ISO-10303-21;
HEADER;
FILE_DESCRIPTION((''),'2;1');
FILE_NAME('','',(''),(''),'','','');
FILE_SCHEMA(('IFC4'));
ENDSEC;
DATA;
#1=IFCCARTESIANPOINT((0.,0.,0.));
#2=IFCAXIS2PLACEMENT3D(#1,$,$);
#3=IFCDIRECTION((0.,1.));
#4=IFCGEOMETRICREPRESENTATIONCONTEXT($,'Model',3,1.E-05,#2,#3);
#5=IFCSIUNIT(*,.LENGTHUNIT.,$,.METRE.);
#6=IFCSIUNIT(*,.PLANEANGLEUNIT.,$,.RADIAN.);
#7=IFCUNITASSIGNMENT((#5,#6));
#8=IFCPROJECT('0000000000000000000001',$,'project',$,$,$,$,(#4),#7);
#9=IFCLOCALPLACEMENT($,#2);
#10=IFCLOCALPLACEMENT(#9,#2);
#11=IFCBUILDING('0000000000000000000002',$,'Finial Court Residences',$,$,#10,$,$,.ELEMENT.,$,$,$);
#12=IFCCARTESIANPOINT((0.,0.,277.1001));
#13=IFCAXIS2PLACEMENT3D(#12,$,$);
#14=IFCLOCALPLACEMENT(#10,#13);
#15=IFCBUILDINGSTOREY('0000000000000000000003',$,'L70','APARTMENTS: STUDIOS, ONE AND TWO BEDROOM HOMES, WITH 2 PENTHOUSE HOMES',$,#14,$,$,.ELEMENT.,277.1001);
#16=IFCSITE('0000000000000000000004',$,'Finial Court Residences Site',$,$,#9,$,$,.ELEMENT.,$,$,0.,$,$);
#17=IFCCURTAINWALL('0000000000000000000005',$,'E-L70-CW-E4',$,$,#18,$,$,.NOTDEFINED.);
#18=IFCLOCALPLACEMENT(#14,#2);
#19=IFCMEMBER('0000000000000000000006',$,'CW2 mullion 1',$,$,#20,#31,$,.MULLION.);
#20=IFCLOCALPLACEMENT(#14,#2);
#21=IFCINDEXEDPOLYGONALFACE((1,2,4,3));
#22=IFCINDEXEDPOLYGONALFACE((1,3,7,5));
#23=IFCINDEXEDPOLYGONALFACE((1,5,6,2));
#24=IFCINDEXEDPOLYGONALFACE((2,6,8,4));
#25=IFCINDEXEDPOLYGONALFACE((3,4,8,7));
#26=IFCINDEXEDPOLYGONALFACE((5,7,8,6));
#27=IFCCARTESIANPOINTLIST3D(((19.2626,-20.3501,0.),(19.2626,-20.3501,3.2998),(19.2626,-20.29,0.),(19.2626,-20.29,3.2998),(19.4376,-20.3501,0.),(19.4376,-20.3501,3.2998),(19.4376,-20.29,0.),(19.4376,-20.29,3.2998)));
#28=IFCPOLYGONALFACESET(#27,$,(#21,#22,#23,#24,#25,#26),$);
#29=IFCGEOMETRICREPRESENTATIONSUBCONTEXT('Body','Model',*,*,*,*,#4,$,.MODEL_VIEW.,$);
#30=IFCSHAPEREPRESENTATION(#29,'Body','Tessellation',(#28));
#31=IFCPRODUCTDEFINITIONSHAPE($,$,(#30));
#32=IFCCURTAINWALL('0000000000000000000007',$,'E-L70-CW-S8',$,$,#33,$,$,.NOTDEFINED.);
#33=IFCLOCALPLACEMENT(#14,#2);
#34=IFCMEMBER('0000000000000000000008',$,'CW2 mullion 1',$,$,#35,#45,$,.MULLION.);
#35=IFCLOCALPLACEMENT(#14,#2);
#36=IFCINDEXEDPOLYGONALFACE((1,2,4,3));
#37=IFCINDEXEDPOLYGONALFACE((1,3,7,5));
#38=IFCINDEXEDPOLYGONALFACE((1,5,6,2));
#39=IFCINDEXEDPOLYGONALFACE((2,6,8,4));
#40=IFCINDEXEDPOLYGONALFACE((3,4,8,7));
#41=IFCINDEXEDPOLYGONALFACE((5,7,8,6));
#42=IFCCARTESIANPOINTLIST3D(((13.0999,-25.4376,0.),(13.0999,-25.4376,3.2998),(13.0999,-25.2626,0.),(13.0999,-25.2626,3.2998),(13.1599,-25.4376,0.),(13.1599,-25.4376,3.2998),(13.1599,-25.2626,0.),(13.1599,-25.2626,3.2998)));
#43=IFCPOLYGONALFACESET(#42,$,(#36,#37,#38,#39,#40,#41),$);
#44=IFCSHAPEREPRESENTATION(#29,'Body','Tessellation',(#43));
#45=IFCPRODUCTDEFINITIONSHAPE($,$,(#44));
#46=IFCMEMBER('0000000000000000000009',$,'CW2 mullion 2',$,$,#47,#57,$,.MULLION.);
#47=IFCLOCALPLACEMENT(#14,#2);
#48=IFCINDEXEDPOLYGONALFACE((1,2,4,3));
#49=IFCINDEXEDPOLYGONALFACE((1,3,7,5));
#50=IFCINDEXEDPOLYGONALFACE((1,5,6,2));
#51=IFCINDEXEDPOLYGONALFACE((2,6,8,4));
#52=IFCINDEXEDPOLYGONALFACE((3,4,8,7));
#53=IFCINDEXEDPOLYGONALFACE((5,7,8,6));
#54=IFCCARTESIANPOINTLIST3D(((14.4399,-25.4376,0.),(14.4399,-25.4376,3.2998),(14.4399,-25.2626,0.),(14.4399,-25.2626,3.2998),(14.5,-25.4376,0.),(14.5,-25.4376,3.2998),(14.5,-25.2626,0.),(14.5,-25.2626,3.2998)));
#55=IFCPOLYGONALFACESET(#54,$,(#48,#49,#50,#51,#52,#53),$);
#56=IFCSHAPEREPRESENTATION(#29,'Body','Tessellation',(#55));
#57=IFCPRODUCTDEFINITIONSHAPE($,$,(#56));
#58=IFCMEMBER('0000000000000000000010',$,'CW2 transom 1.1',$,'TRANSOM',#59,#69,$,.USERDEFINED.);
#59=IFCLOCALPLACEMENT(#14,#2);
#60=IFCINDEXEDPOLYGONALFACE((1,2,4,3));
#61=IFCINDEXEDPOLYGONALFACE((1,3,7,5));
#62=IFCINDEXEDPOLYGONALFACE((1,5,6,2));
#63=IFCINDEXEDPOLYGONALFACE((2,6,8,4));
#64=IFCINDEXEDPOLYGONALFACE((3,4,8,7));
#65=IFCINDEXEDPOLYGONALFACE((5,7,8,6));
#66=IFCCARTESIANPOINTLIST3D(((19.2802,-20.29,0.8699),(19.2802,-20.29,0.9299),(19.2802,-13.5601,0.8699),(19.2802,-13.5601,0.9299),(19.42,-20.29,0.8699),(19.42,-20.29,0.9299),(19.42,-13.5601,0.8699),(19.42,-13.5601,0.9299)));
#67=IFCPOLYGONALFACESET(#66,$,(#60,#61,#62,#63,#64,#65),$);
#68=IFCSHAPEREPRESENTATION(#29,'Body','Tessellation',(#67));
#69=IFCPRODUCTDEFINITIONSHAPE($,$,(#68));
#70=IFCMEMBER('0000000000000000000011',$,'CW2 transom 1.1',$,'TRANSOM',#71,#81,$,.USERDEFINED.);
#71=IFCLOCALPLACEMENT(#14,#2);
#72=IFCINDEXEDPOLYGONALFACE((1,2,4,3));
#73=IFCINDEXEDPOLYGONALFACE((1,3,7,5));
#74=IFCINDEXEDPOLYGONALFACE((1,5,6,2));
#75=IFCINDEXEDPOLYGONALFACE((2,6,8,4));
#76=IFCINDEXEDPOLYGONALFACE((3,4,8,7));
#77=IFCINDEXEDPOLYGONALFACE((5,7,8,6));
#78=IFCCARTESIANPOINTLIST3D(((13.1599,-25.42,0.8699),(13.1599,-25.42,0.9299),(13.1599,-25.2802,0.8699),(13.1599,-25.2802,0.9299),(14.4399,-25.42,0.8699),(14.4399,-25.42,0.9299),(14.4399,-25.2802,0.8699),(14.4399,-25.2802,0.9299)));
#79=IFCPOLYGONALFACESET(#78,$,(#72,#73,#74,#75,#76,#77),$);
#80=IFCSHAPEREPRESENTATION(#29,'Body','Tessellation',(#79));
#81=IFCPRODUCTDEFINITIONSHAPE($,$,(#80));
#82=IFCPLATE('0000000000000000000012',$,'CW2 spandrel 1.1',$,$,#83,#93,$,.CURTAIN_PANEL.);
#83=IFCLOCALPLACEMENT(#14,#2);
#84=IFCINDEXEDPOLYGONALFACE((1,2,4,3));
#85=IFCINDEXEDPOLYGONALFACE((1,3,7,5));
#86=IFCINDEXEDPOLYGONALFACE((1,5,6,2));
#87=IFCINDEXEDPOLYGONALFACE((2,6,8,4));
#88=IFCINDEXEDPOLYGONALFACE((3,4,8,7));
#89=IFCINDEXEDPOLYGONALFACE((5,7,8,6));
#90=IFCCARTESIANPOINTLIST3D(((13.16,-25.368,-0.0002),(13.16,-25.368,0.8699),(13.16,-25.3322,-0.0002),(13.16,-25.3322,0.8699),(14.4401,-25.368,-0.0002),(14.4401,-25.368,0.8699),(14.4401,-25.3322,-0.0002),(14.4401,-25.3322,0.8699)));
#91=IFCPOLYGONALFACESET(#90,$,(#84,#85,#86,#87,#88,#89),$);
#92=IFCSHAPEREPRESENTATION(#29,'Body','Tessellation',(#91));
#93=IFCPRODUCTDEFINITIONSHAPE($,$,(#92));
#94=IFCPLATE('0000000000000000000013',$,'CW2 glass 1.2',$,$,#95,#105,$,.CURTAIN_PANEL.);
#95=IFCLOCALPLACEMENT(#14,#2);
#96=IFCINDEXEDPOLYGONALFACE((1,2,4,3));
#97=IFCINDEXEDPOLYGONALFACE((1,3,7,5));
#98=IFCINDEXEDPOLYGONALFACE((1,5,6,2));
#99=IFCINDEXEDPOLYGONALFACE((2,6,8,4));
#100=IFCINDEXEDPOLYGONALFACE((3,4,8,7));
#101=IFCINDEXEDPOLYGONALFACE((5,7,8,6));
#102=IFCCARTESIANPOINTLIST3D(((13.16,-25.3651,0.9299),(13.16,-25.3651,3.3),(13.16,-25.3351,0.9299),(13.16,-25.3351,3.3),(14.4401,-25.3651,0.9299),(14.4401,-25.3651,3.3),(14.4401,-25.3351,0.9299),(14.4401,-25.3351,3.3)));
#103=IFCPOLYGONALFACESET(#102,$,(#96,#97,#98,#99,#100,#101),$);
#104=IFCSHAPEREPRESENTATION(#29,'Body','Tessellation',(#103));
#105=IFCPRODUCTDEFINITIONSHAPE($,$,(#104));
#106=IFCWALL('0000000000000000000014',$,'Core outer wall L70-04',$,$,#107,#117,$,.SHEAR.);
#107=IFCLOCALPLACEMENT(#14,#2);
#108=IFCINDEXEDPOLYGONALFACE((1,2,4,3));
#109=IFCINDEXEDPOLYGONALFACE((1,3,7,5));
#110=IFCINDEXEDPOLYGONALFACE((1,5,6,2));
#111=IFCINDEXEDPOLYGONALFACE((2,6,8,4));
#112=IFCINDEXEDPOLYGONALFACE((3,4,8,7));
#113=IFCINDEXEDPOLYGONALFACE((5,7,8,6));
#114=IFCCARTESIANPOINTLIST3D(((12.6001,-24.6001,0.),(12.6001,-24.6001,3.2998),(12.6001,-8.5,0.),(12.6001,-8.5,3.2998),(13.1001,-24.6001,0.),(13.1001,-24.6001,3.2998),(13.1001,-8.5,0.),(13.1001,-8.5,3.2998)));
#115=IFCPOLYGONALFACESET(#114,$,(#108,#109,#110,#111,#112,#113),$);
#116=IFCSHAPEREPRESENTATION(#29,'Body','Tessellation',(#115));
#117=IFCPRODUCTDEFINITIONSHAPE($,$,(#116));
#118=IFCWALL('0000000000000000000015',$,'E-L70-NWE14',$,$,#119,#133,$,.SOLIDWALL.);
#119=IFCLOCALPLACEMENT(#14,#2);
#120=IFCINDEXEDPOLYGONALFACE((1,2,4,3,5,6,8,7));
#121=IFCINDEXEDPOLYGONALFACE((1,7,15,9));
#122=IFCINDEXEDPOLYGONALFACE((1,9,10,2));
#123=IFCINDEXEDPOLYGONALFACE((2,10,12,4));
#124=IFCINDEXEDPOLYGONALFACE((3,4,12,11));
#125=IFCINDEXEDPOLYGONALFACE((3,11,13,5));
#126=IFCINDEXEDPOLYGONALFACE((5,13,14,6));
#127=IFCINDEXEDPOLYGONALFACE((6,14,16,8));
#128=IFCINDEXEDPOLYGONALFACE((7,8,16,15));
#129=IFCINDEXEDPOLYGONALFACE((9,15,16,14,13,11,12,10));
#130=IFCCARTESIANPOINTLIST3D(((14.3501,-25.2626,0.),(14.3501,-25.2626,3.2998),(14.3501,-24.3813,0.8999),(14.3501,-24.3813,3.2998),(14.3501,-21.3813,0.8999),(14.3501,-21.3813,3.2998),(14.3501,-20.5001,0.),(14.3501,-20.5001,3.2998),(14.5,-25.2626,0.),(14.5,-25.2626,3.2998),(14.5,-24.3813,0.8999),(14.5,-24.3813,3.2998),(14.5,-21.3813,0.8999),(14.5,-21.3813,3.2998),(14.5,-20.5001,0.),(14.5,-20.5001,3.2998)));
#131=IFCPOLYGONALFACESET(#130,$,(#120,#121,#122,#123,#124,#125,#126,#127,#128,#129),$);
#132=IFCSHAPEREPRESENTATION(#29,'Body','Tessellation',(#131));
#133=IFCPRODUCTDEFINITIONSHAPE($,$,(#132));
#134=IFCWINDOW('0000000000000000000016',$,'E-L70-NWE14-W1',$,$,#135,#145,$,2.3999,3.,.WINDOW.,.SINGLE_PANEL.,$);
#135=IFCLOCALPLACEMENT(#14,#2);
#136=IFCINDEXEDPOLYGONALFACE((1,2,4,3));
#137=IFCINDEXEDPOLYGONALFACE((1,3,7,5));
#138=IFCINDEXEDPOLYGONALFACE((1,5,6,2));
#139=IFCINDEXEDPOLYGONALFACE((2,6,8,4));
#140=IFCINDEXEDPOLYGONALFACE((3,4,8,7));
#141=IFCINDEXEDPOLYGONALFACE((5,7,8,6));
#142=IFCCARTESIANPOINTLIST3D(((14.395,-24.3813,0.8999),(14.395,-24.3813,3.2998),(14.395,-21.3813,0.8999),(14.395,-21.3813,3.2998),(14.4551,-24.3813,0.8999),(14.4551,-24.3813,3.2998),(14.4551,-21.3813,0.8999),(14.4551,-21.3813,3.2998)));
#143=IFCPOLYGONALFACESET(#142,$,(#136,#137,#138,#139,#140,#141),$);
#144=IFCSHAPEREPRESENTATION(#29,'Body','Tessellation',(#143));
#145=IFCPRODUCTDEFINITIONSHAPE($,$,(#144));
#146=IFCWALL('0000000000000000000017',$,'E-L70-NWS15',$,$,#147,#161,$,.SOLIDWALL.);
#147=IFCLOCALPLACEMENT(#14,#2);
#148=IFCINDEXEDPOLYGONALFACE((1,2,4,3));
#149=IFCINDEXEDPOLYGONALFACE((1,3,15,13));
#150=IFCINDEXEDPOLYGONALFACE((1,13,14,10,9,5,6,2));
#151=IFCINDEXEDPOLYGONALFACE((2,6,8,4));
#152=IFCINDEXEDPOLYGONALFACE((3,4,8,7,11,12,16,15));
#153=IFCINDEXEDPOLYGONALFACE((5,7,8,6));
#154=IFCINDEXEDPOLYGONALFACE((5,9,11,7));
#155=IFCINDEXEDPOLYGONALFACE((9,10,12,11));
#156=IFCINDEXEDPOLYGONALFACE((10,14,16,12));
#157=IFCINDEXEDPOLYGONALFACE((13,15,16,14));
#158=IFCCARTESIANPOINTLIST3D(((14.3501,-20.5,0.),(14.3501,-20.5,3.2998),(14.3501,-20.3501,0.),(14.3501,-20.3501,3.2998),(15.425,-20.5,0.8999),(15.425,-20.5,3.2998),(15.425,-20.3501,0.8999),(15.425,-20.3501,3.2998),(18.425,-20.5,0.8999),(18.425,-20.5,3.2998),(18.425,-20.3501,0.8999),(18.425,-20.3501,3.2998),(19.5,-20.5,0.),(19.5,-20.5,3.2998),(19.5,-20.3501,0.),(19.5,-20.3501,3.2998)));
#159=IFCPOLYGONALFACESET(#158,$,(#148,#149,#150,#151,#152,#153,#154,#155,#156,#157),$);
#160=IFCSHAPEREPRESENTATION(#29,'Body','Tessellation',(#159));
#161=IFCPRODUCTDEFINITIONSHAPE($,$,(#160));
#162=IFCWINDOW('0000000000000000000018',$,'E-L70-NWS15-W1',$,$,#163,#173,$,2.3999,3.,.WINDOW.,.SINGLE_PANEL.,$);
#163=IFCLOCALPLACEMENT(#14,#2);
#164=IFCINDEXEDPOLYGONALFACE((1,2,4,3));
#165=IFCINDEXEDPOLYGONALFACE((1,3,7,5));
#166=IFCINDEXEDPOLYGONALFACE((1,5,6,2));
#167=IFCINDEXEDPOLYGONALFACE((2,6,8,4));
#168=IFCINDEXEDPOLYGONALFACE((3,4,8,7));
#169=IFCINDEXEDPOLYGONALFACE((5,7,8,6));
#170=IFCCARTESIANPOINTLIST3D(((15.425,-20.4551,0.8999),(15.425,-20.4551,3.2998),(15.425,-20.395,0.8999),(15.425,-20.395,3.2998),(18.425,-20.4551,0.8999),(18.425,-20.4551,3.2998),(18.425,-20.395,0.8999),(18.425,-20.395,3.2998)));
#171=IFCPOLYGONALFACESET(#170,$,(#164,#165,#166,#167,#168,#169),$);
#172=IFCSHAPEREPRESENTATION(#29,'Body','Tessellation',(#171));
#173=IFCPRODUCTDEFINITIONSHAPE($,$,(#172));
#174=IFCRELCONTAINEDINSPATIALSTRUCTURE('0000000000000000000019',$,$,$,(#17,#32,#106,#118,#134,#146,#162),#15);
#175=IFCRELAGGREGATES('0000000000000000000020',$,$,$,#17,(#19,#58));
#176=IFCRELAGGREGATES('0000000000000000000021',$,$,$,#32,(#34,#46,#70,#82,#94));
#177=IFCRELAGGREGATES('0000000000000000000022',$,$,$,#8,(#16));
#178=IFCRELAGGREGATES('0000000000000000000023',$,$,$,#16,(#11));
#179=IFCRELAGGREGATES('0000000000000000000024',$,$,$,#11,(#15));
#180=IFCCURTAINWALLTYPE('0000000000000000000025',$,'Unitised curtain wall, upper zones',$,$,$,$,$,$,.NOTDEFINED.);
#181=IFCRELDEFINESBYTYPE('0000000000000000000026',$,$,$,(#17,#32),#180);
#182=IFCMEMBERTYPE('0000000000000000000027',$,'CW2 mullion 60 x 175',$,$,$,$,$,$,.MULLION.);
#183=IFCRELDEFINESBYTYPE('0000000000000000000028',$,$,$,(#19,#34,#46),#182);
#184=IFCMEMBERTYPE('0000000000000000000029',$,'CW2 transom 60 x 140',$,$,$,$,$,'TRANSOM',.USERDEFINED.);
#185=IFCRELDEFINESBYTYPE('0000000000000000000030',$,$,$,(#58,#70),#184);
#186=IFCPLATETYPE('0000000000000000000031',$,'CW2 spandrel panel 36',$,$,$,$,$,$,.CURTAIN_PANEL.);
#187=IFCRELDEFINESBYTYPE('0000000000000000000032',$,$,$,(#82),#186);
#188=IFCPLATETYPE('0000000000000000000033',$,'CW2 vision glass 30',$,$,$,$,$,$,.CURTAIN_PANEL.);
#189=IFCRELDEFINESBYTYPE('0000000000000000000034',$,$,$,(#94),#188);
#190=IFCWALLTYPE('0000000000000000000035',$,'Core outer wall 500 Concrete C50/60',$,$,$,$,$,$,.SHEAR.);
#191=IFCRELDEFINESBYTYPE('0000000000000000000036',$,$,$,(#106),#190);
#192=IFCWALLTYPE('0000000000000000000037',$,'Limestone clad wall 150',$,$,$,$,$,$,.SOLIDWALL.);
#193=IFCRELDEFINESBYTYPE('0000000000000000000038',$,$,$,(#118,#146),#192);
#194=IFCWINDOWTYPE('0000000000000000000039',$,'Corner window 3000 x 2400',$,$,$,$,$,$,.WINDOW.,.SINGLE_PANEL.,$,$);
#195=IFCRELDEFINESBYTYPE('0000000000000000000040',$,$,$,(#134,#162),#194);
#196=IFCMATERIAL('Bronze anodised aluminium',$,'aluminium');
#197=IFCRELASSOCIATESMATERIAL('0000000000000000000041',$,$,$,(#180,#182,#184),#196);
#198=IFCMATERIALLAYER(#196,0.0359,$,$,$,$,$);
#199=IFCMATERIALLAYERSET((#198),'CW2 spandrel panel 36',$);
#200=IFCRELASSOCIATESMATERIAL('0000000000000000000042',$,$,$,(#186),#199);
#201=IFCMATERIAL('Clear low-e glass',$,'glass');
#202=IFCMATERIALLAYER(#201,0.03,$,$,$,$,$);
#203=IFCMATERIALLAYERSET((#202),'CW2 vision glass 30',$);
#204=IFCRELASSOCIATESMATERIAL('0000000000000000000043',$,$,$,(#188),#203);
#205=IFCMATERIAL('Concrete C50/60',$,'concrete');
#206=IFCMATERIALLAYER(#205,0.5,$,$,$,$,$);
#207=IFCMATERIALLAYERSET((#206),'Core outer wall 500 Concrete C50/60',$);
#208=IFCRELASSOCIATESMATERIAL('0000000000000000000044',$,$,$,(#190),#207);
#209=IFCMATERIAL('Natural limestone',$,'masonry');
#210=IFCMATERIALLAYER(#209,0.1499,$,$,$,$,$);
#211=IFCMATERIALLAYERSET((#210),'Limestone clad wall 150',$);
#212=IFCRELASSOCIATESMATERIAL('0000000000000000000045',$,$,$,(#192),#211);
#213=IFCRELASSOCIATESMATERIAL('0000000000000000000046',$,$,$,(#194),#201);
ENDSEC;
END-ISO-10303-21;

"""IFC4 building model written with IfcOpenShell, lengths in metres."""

from ifc_helpers import new_model, si_unit, direction, frame, frame_2d, origin, origin_2d, place, context, subcontext, project, spatial, rectangle, extrude, material, layer, layer_set, material_profile, profile_set, type_object, element, fill, aggregate, save


model = new_model("IFC4")

# Units and contexts
model_context = context("Model", 3, precision=1e-05, world=origin(), true_north=direction((0.0, 1.0)))
body_context = subcontext(model_context, "Body", "Model", "MODEL_VIEW")
ifc_project = project(units=[si_unit("LENGTHUNIT", "METRE"), si_unit("PLANEANGLEUNIT", "RADIAN")], contexts=[model_context])

# Site, building, storey
site_placement = place(None, origin())
site = spatial("IfcSite", under=ifc_project, at=site_placement, Name="Finial Court Residences Site", CompositionType="ELEMENT", RefElevation=0.0)
building_placement = place(site_placement, origin())
building = spatial("IfcBuilding", under=site, at=building_placement, Name="Finial Court Residences", CompositionType="ELEMENT")
storey_placement = place(building_placement, frame((0.0, 0.0, 277.1001)))
storey = spatial("IfcBuildingStorey", under=building, at=storey_placement, Name="L70", Description="APARTMENTS: STUDIOS, ONE AND TWO BEDROOM HOMES, WITH 2 PENTHOUSE HOMES", CompositionType="ELEMENT", Elevation=277.1001)

# Curtain wall, member
ifc_material_1 = material(Name="Bronze anodised aluminium", Category="aluminium")
curtain_wall_type = type_object("IfcCurtainWallType", Name="Unitised curtain wall, upper zones", PredefinedType="NOTDEFINED", material=ifc_material_1)
curtain_wall_1_placement = place(storey_placement, origin())
curtain_wall_1 = element("IfcCurtainWall", 1, at=curtain_wall_1_placement, inside=storey, type_object=curtain_wall_type, Name="E-L70-CW-E4", PredefinedType="NOTDEFINED")
ifc_material_profile_1 = material_profile(ifc_material_1, rectangle(XDim=0.175, YDim=0.0601, at=origin_2d()), Name="CW2 mullion 60 x 175")
ifc_profile_set_1 = profile_set([ifc_material_profile_1], Name="Bronze anodised aluminium")
member_type_1 = type_object("IfcMemberType", Name="CW2 mullion 60 x 175", PredefinedType="MULLION", material=ifc_profile_set_1)
member_1_placement = place(storey_placement, frame((19.3501, -20.3201, 0.0), z_axis=(0.0, 0.0, 1.0), x_axis=(-1.0, 0.0, 0.0)))
member_1 = element("IfcMember", 2, at=member_1_placement, type_object=member_type_1, Name="CW2 mullion 1", PredefinedType="MULLION", context=body_context, shape_type="SweptSolid", body=[
    extrude(rectangle(XDim=0.175, YDim=0.0601, at=origin_2d()), origin(), (0.0, 0.0, 1.0), 3.2998),
])

# Curtain wall, members
curtain_wall_2_placement = place(storey_placement, origin())
curtain_wall_2 = element("IfcCurtainWall", 3, at=curtain_wall_2_placement, inside=storey, type_object=curtain_wall_type, Name="E-L70-CW-S8", PredefinedType="NOTDEFINED")
member_2_placement = place(storey_placement, frame((13.1299, -25.3501, 0.0), z_axis=(0.0, 0.0, 1.0), x_axis=(0.0, 1.0, 0.0)))
member_2 = element("IfcMember", 4, at=member_2_placement, type_object=member_type_1, Name="CW2 mullion 1", PredefinedType="MULLION", context=body_context, shape_type="SweptSolid", body=[
    extrude(rectangle(XDim=0.175, YDim=0.0601, at=origin_2d()), origin(), (0.0, 0.0, 1.0), 3.2998),
])
member_3_placement = place(storey_placement, frame((14.47, -25.3501, 0.0), z_axis=(0.0, 0.0, 1.0), x_axis=(0.0, 1.0, 0.0)))
member_3 = element("IfcMember", 5, at=member_3_placement, type_object=member_type_1, Name="CW2 mullion 2", PredefinedType="MULLION", context=body_context, shape_type="SweptSolid", body=[
    extrude(rectangle(XDim=0.175, YDim=0.0601, at=origin_2d()), origin(), (0.0, 0.0, 1.0), 3.2998),
])

# Members
ifc_material_profile_2 = material_profile(ifc_material_1, rectangle(XDim=0.1399, YDim=0.0601, at=origin_2d()), Name="CW2 transom 60 x 140")
ifc_profile_set_2 = profile_set([ifc_material_profile_2], Name="Bronze anodised aluminium")
member_type_2 = type_object("IfcMemberType", Name="CW2 transom 60 x 140", ElementType="TRANSOM", PredefinedType="USERDEFINED", material=ifc_profile_set_2)
member_4_placement = place(storey_placement, frame((19.3501, -20.29, 0.8999), z_axis=(0.0, 1.0, 0.0), x_axis=(-1.0, 0.0, 0.0)))
member_4 = element("IfcMember", 6, at=member_4_placement, type_object=member_type_2, Name="CW2 transom 1.1", ObjectType="TRANSOM", PredefinedType="USERDEFINED", context=body_context, shape_type="SweptSolid", body=[
    extrude(rectangle(XDim=0.1399, YDim=0.0601, at=origin_2d()), origin(), (0.0, 0.0, 1.0), 6.73),
])
aggregate(curtain_wall_1, [member_1, member_4])
member_5_placement = place(storey_placement, frame((13.1599, -25.3501, 0.8999), z_axis=(1.0, 0.0, 0.0), x_axis=(0.0, 1.0, 0.0)))
member_5 = element("IfcMember", 7, at=member_5_placement, type_object=member_type_2, Name="CW2 transom 1.1", ObjectType="TRANSOM", PredefinedType="USERDEFINED", context=body_context, shape_type="SweptSolid", body=[
    extrude(rectangle(XDim=0.1399, YDim=0.0601, at=origin_2d()), origin(), (0.0, 0.0, 1.0), 1.28),
])

# Plates
ifc_layer_1 = layer(ifc_material_1, 0.0359)
ifc_layer_set_1 = layer_set([ifc_layer_1], Name="CW2 spandrel panel 36")
plate_type_1 = type_object("IfcPlateType", Name="CW2 spandrel panel 36", PredefinedType="CURTAIN_PANEL", material=ifc_layer_set_1)
plate_1_placement = place(storey_placement, frame((13.8, -25.3501, -0.0002), z_axis=(0.0, 0.0, 1.0), x_axis=(1.0, 0.0, 0.0)))
plate_1 = element("IfcPlate", 8, at=plate_1_placement, type_object=plate_type_1, Name="CW2 spandrel 1.1", PredefinedType="CURTAIN_PANEL", context=body_context, shape_type="SweptSolid", body=[
    extrude(rectangle(XDim=1.28, YDim=0.0359, at=origin_2d()), origin(), (0.0, 0.0, 1.0), 0.8701),
])
ifc_material_2 = material(Name="Clear low-e glass", Category="glass")
ifc_layer_2 = layer(ifc_material_2, 0.03)
ifc_layer_set_2 = layer_set([ifc_layer_2], Name="CW2 vision glass 30")
plate_type_2 = type_object("IfcPlateType", Name="CW2 vision glass 30", PredefinedType="CURTAIN_PANEL", material=ifc_layer_set_2)
plate_2_placement = place(storey_placement, frame((13.8, -25.3501, 0.9299), z_axis=(0.0, 0.0, 1.0), x_axis=(1.0, 0.0, 0.0)))
plate_2 = element("IfcPlate", 9, at=plate_2_placement, type_object=plate_type_2, Name="CW2 glass 1.2", PredefinedType="CURTAIN_PANEL", context=body_context, shape_type="SweptSolid", body=[
    extrude(rectangle(XDim=1.28, YDim=0.03, at=origin_2d()), origin(), (0.0, 0.0, 1.0), 2.3701),
])
aggregate(curtain_wall_2, [member_2, member_3, member_5, plate_1, plate_2])

# Wall
ifc_material_3 = material(Name="Concrete C50/60", Category="concrete")
ifc_layer_3 = layer(ifc_material_3, 0.5)
ifc_layer_set_3 = layer_set([ifc_layer_3], Name="Core outer wall 500 Concrete C50/60")
wall_type_1 = type_object("IfcWallType", Name="Core outer wall 500 Concrete C50/60", PredefinedType="SHEAR", material=ifc_layer_set_3)
wall_1_placement = place(storey_placement, frame((12.8501, -24.6001, 0.0), z_axis=(0.0, 0.0, 1.0), x_axis=(0.0, 1.0, 0.0)))
element("IfcWall", 10, at=wall_1_placement, inside=storey, type_object=wall_type_1, Name="Core outer wall L70-04", PredefinedType="SHEAR", context=body_context, shape_type="SweptSolid", body=[
    extrude(rectangle(XDim=16.1001, YDim=0.5, at=frame_2d((8.05, 0.0))), origin(), (0.0, 0.0, 1.0), 3.2998),
])

# Walls, openings, windows
ifc_material_4 = material(Name="Natural limestone", Category="masonry")
ifc_layer_4 = layer(ifc_material_4, 0.1499)
ifc_layer_set_4 = layer_set([ifc_layer_4], Name="Limestone clad wall 150")
wall_type_2 = type_object("IfcWallType", Name="Limestone clad wall 150", PredefinedType="SOLIDWALL", material=ifc_layer_set_4)
wall_2_placement = place(storey_placement, frame((14.425, -20.5, 0.0), z_axis=(0.0, 0.0, 1.0), x_axis=(0.0, -1.0, 0.0)))
wall_2 = element("IfcWall", 11, at=wall_2_placement, inside=storey, type_object=wall_type_2, Name="E-L70-NWE14", PredefinedType="SOLIDWALL", context=body_context, shape_type="SweptSolid", body=[
    extrude(rectangle(XDim=4.7625, YDim=0.1499, at=frame_2d((2.3813, 0.0))), origin(), (0.0, 0.0, 1.0), 3.2998),
])
opening_1_placement = place(wall_2_placement, frame((0.8813, 0.0, 0.8999)))
opening_1 = element("IfcOpeningElement", 12, at=opening_1_placement, cuts=wall_2, PredefinedType="OPENING", context=body_context, shape_type="SweptSolid", body=[
    extrude(rectangle(XDim=3.0, YDim=2.3999, at=frame_2d((1.5, 1.2))), frame((0.0, 0.085, 0.0), z_axis=(0.0, -1.0, 0.0), x_axis=(1.0, 0.0, 0.0)), (0.0, 0.0, 1.0), 0.1699),
])
window_type = type_object("IfcWindowType", Name="Corner window 3000 x 2400", PartitioningType="SINGLE_PANEL", PredefinedType="WINDOW", material=ifc_material_2)
window_1_placement = place(opening_1_placement, origin())
window_1 = element("IfcWindow", 13, at=window_1_placement, inside=storey, type_object=window_type, Name="E-L70-NWE14-W1", OverallHeight=2.3999, OverallWidth=3.0, PartitioningType="SINGLE_PANEL", PredefinedType="WINDOW", context=body_context, shape_type="SweptSolid", body=[
    extrude(rectangle(XDim=3.0, YDim=2.3999, at=frame_2d((1.5, 1.2))), frame((0.0, 0.03, 0.0), z_axis=(0.0, -1.0, 0.0), x_axis=(1.0, 0.0, 0.0)), (0.0, 0.0, 1.0), 0.0601),
])
fill(opening_1, window_1)
wall_3_placement = place(storey_placement, frame((19.5, -20.425, 0.0), z_axis=(0.0, 0.0, 1.0), x_axis=(-1.0, 0.0, 0.0)))
wall_3 = element("IfcWall", 14, at=wall_3_placement, inside=storey, type_object=wall_type_2, Name="E-L70-NWS15", PredefinedType="SOLIDWALL", context=body_context, shape_type="SweptSolid", body=[
    extrude(rectangle(XDim=5.1499, YDim=0.1499, at=frame_2d((2.575, 0.0))), origin(), (0.0, 0.0, 1.0), 3.2998),
])
opening_2_placement = place(wall_3_placement, frame((1.075, 0.0, 0.8999)))
opening_2 = element("IfcOpeningElement", 15, at=opening_2_placement, cuts=wall_3, PredefinedType="OPENING", context=body_context, shape_type="SweptSolid", body=[
    extrude(rectangle(XDim=3.0, YDim=2.3999, at=frame_2d((1.5, 1.2))), frame((0.0, 0.085, 0.0), z_axis=(0.0, -1.0, 0.0), x_axis=(1.0, 0.0, 0.0)), (0.0, 0.0, 1.0), 0.1699),
])
window_2_placement = place(opening_2_placement, origin())
window_2 = element("IfcWindow", 16, at=window_2_placement, inside=storey, type_object=window_type, Name="E-L70-NWS15-W1", OverallHeight=2.3999, OverallWidth=3.0, PartitioningType="SINGLE_PANEL", PredefinedType="WINDOW", context=body_context, shape_type="SweptSolid", body=[
    extrude(rectangle(XDim=3.0, YDim=2.3999, at=frame_2d((1.5, 1.2))), frame((0.0, 0.03, 0.0), z_axis=(0.0, -1.0, 0.0), x_axis=(1.0, 0.0, 0.0)), (0.0, 0.0, 1.0), 0.0601),
])
fill(opening_2, window_2)

save(model, "model.ifc")
